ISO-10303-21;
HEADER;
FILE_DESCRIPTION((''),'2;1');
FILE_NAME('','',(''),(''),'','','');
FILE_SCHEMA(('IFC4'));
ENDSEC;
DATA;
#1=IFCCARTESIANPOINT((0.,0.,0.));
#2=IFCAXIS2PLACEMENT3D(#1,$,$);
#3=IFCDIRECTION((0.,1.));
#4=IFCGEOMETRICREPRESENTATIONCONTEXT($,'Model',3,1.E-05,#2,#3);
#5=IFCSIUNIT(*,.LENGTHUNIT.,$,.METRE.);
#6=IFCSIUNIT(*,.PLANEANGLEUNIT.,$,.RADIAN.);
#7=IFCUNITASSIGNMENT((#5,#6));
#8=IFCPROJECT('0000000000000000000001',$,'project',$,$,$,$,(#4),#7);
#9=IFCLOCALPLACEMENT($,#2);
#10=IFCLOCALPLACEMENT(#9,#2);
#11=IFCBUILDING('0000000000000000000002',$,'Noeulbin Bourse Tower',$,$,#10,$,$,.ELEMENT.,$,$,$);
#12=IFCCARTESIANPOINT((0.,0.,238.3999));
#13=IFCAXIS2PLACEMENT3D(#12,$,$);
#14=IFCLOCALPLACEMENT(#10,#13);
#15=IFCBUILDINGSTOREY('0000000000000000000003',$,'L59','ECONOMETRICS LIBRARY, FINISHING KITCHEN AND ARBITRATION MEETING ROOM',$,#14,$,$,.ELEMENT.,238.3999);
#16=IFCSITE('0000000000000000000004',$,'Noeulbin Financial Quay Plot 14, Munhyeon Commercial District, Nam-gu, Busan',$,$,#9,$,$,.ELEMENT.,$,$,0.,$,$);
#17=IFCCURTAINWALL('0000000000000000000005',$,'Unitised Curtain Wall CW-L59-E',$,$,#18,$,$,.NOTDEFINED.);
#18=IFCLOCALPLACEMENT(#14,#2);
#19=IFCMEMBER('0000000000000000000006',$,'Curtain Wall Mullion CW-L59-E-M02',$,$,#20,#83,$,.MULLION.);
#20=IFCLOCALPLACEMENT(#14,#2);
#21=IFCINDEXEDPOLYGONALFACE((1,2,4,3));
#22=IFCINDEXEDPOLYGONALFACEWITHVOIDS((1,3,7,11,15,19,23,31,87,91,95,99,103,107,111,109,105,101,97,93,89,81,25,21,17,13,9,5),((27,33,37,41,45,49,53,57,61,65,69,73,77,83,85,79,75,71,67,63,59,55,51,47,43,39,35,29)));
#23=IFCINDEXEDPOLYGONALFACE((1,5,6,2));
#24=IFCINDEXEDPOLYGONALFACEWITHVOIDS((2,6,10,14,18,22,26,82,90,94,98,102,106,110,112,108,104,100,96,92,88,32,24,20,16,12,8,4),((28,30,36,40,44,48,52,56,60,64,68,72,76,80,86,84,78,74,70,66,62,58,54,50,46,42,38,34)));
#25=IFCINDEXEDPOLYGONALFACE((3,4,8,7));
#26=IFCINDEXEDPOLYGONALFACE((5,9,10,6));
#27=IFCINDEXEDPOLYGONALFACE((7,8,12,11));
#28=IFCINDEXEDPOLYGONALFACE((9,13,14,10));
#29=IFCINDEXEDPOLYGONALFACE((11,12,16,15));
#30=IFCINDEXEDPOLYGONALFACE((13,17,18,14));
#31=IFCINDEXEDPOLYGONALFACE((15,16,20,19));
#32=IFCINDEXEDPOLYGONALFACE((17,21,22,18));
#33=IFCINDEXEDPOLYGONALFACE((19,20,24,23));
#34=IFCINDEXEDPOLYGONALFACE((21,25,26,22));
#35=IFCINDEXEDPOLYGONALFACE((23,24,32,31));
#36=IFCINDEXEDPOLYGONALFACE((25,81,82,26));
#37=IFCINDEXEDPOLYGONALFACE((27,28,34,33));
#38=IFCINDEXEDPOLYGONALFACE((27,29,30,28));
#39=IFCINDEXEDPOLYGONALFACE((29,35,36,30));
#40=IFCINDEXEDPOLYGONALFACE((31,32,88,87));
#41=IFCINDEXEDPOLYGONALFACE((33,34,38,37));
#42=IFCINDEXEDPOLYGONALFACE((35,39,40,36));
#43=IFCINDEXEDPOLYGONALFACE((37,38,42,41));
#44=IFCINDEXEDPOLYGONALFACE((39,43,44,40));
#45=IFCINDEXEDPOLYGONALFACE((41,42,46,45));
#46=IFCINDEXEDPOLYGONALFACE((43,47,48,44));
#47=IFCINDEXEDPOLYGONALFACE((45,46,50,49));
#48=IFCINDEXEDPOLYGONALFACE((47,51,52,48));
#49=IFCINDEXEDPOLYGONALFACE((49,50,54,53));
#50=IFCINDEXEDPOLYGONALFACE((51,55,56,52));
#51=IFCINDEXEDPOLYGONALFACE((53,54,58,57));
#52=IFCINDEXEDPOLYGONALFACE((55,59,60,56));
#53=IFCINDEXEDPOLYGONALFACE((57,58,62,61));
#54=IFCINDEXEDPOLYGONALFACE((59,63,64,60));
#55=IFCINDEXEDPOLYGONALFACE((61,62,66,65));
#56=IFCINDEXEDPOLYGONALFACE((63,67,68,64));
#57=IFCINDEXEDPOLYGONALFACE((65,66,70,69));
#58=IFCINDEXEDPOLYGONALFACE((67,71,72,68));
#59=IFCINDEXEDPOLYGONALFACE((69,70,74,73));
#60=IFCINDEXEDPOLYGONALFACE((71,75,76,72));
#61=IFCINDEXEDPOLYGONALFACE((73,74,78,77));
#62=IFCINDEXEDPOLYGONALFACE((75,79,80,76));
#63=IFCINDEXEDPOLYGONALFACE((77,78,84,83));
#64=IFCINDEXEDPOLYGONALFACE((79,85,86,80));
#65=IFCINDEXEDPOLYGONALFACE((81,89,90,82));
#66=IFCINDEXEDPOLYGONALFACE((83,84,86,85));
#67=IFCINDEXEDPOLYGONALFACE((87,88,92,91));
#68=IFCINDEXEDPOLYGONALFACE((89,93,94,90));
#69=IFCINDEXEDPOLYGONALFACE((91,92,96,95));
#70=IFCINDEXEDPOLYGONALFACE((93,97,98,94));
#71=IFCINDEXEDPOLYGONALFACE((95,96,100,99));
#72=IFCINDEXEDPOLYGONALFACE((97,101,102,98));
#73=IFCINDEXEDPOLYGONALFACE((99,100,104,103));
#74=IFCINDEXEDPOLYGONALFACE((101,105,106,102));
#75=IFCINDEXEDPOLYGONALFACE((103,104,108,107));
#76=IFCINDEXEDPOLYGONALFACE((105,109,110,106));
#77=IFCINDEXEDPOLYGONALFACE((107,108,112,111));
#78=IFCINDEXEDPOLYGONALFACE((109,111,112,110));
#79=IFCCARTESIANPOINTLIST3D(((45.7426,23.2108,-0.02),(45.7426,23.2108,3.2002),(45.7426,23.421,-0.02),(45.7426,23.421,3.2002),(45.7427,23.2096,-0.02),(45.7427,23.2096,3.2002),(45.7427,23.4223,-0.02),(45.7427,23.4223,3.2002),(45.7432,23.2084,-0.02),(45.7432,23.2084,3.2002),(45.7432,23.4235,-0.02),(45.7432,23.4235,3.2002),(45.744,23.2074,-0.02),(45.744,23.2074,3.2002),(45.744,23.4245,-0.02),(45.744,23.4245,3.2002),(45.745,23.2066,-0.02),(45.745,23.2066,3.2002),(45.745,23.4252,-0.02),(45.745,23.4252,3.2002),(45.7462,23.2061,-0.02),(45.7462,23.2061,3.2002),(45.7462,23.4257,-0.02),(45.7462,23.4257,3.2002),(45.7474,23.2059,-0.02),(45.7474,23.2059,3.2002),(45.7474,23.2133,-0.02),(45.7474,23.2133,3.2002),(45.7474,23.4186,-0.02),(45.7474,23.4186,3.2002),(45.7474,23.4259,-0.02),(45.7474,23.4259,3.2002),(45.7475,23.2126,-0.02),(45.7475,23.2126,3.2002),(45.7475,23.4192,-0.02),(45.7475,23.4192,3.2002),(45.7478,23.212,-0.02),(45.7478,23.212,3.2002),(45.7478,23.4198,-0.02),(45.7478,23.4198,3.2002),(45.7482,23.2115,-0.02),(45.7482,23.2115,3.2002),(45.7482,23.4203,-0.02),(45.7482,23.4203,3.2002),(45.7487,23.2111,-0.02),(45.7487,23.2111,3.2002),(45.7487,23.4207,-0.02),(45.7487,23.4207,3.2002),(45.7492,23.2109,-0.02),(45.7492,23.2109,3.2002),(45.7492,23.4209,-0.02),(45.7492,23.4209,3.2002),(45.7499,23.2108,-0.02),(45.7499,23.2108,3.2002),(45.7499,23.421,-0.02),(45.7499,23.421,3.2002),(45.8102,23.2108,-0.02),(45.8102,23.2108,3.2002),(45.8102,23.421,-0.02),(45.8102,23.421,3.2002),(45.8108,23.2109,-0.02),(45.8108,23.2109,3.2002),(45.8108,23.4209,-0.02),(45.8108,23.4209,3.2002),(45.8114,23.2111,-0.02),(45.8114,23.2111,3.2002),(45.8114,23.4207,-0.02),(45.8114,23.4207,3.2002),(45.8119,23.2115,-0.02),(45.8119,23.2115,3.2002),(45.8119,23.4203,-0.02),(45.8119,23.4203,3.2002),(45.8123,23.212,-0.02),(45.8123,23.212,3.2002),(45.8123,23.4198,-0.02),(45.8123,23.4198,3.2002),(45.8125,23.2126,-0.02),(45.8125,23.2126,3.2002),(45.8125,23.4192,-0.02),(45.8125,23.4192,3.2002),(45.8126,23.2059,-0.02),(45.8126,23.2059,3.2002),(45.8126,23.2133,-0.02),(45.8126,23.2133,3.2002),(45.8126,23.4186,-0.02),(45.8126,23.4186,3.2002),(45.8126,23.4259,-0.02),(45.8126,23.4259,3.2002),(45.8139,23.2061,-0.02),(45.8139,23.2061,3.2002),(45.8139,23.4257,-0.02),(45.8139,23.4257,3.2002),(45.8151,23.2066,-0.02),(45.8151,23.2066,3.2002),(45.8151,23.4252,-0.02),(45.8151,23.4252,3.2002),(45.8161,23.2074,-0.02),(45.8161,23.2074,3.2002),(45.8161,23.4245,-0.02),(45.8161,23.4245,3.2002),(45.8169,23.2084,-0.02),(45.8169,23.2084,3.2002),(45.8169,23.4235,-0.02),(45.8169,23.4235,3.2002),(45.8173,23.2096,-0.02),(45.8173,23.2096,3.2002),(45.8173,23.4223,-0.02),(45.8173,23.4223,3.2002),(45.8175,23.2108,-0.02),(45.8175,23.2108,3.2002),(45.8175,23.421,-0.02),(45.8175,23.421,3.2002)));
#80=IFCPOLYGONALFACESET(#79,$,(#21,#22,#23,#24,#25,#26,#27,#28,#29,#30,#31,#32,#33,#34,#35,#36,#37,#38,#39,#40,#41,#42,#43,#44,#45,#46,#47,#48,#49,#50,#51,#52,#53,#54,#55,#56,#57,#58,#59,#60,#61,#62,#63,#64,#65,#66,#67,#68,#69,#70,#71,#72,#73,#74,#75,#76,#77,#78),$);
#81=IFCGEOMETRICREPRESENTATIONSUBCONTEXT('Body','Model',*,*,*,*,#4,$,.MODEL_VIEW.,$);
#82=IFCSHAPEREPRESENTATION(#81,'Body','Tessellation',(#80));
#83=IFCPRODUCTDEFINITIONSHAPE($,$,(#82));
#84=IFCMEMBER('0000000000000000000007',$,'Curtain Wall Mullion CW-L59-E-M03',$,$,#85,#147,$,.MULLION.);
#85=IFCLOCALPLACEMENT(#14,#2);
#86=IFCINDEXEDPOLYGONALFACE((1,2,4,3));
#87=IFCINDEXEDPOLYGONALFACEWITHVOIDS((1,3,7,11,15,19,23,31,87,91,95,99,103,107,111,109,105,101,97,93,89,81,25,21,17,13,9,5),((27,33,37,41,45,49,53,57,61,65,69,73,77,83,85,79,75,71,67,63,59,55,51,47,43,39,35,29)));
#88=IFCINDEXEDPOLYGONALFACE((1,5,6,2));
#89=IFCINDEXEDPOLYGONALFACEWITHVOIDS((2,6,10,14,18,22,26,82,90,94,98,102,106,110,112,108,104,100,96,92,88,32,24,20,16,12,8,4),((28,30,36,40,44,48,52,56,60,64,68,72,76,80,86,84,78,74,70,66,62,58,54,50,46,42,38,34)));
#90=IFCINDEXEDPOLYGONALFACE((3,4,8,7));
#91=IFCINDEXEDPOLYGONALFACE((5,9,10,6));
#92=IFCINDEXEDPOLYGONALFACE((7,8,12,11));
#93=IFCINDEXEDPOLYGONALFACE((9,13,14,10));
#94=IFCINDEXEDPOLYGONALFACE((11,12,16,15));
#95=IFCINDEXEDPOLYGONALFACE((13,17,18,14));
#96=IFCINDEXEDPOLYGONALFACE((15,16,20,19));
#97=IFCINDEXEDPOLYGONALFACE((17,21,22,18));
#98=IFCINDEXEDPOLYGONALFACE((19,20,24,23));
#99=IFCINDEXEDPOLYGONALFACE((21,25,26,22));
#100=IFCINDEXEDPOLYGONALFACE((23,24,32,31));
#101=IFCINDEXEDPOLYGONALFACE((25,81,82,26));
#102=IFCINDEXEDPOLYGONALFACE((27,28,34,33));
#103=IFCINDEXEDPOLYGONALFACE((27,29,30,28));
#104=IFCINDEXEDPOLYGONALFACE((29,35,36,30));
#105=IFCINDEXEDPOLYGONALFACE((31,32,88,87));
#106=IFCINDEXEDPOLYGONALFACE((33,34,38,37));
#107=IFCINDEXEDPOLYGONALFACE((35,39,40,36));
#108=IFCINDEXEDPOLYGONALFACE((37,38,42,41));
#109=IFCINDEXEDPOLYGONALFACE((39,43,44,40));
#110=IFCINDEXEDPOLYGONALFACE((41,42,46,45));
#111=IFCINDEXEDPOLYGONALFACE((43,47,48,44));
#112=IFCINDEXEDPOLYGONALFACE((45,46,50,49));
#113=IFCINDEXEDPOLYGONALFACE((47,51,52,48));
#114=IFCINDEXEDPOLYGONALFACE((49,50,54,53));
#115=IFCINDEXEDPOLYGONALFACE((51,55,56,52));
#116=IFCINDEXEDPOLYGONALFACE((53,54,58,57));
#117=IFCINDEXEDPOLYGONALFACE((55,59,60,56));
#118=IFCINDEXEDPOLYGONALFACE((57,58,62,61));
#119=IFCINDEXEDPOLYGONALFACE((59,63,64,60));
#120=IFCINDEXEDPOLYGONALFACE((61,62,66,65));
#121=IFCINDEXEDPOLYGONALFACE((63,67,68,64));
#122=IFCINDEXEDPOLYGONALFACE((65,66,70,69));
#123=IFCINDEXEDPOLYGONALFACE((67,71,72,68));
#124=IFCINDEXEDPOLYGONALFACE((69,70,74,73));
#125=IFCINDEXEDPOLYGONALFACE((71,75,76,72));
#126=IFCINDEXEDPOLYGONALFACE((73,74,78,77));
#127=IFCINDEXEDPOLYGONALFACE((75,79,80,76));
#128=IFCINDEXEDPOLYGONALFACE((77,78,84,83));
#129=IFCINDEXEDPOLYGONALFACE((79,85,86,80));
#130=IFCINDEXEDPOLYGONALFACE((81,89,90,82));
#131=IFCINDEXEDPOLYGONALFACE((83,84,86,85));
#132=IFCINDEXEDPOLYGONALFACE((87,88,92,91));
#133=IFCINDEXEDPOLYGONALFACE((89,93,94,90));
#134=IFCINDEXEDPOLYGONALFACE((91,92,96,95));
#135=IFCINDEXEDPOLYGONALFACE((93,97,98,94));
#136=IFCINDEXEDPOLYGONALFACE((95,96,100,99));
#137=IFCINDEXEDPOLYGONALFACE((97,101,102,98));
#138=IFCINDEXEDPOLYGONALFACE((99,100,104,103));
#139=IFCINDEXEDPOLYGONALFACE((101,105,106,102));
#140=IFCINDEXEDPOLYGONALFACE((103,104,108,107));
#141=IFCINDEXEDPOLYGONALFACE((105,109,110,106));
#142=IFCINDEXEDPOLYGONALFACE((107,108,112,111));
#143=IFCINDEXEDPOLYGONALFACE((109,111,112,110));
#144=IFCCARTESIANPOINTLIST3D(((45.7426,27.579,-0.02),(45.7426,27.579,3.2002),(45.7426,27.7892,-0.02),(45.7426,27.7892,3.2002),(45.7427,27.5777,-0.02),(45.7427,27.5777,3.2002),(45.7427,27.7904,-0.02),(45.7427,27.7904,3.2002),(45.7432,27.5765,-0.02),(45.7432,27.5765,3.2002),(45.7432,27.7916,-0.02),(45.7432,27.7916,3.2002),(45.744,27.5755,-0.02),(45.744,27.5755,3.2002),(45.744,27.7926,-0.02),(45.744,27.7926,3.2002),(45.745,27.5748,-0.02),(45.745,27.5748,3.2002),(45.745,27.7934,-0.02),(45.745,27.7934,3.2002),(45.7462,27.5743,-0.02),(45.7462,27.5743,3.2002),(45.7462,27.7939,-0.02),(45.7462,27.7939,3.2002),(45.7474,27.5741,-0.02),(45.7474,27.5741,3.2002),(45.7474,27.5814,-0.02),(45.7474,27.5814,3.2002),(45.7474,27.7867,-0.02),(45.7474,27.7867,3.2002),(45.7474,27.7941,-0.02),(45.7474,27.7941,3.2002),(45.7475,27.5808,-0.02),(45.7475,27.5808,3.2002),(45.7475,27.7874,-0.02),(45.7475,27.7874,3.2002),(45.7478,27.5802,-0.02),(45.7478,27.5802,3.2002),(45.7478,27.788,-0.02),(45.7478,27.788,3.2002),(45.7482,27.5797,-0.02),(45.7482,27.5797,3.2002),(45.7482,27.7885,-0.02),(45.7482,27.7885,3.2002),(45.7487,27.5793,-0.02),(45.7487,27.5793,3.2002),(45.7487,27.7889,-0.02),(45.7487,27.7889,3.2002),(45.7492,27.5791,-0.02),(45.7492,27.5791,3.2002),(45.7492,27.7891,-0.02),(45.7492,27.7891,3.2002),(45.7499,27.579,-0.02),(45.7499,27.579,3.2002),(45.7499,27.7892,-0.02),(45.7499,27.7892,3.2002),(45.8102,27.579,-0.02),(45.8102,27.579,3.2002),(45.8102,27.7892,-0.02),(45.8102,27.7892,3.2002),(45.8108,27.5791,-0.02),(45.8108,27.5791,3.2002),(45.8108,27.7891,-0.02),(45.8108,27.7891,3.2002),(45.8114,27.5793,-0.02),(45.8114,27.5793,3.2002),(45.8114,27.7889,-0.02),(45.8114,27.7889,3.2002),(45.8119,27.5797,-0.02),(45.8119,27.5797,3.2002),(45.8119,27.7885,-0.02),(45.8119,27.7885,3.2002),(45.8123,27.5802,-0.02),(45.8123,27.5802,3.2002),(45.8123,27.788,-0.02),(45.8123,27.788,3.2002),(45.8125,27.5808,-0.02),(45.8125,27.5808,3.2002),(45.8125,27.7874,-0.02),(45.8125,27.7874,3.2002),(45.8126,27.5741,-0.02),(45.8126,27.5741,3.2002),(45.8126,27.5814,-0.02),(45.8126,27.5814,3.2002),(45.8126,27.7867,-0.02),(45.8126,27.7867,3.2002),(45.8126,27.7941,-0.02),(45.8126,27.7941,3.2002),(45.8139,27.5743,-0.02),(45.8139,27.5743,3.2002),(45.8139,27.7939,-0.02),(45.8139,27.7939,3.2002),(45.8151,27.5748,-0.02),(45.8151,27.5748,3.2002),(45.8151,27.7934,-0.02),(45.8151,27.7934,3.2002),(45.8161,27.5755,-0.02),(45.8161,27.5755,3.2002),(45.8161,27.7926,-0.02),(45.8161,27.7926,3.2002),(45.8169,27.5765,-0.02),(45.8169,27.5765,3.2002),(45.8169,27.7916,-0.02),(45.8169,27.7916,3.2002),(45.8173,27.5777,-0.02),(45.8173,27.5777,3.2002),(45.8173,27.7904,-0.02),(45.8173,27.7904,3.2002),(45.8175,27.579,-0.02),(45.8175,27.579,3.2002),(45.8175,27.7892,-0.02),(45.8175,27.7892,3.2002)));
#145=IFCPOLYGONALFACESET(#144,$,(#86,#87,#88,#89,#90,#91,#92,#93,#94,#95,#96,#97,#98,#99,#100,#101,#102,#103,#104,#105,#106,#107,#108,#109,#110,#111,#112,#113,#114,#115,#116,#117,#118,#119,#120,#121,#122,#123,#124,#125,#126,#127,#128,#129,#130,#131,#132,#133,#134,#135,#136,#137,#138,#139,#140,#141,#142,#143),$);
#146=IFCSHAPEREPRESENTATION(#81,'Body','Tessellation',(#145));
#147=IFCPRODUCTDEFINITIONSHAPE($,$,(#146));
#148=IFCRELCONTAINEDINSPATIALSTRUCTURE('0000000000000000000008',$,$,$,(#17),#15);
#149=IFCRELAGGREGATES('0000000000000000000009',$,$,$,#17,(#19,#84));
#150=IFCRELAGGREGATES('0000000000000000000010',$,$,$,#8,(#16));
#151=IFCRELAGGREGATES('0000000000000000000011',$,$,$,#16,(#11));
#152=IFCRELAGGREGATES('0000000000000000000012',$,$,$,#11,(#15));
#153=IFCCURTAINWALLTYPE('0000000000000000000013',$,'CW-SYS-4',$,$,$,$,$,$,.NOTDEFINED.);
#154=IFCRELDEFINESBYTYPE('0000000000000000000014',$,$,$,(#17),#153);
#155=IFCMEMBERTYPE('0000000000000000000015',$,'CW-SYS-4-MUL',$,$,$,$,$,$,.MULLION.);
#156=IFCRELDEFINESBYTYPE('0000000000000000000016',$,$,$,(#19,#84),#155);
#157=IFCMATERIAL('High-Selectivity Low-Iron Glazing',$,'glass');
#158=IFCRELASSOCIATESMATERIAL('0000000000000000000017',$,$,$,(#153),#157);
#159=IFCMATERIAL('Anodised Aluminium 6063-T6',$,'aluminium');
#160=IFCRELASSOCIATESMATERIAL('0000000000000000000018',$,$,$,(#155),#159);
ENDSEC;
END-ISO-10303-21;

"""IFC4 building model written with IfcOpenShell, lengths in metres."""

from ifc_helpers import new_model, si_unit, direction, frame, origin, origin_2d, place, context, subcontext, project, spatial, hollow_rectangle, extrude, material, material_profile, profile_set, type_object, element, aggregate, save


model = new_model("IFC4")

# Units and contexts
model_context = context("Model", 3, precision=1e-05, world=origin(), true_north=direction((0.0, 1.0)))
body_context = subcontext(model_context, "Body", "Model", "MODEL_VIEW")
ifc_project = project(units=[si_unit("LENGTHUNIT", "METRE"), si_unit("PLANEANGLEUNIT", "RADIAN")], contexts=[model_context])

# Site, building, storey
site_placement = place(None, origin())
site = spatial("IfcSite", under=ifc_project, at=site_placement, Name="Noeulbin Financial Quay Plot 14, Munhyeon Commercial District, Nam-gu, Busan", CompositionType="ELEMENT", RefElevation=0.0)
building_placement = place(site_placement, origin())
building = spatial("IfcBuilding", under=site, at=building_placement, Name="Noeulbin Bourse Tower", CompositionType="ELEMENT")
storey_placement = place(building_placement, frame((0.0, 0.0, 238.3999)))
storey = spatial("IfcBuildingStorey", under=building, at=storey_placement, Name="L59", Description="ECONOMETRICS LIBRARY, FINISHING KITCHEN AND ARBITRATION MEETING ROOM", CompositionType="ELEMENT", Elevation=238.3999)

# Curtain wall, members
ifc_material_1 = material(Name="High-Selectivity Low-Iron Glazing", Category="glass")
curtain_wall_type = type_object("IfcCurtainWallType", Name="CW-SYS-4", PredefinedType="NOTDEFINED", material=ifc_material_1)
ifc_material_2 = material(Name="Anodised Aluminium 6063-T6", Category="aluminium")
ifc_material_profile_1 = material_profile(ifc_material_2, hollow_rectangle(XDim=0.075, YDim=0.22, WallThickness=0.0049, InnerFilletRadius=0.0024, OuterFilletRadius=0.0049, at=origin_2d()), Name="ALU-MULL-75x220x5", Category="LoadBearing")
ifc_profile_set_1 = profile_set([ifc_material_profile_1], Name="Anodised Aluminium 6063-T6")
member_type_1 = type_object("IfcMemberType", Name="CW-SYS-4-MUL", PredefinedType="MULLION", material=ifc_profile_set_1)
curtain_wall_1_placement = place(storey_placement, origin())
curtain_wall_1 = element("IfcCurtainWall", 1, at=curtain_wall_1_placement, inside=storey, type_object=curtain_wall_type, Name="Unitised Curtain Wall CW-L59-E", PredefinedType="NOTDEFINED")
member_1_placement = place(storey_placement, frame((45.78, 23.3159, -0.02), z_axis=(0.0, 0.0, 1.0), x_axis=(1.0, 0.0, 0.0)))
member_1 = element("IfcMember", 2, at=member_1_placement, type_object=member_type_1, Name="Curtain Wall Mullion CW-L59-E-M02", PredefinedType="MULLION", context=body_context, shape_type="SweptSolid", body=[
    extrude(hollow_rectangle(XDim=0.075, YDim=0.22, WallThickness=0.0049, InnerFilletRadius=0.0024, OuterFilletRadius=0.0049, at=origin_2d()), origin(), (0.0, 0.0, 1.0), 3.2202),
])
member_2_placement = place(storey_placement, frame((45.78, 27.6841, -0.02), z_axis=(0.0, 0.0, 1.0), x_axis=(1.0, 0.0, 0.0)))
member_2 = element("IfcMember", 3, at=member_2_placement, type_object=member_type_1, Name="Curtain Wall Mullion CW-L59-E-M03", PredefinedType="MULLION", context=body_context, shape_type="SweptSolid", body=[
    extrude(hollow_rectangle(XDim=0.075, YDim=0.22, WallThickness=0.0049, InnerFilletRadius=0.0024, OuterFilletRadius=0.0049, at=origin_2d()), origin(), (0.0, 0.0, 1.0), 3.2202),
])

aggregate(curtain_wall_1, [member_1, member_2])

save(model, "model.ifc")
